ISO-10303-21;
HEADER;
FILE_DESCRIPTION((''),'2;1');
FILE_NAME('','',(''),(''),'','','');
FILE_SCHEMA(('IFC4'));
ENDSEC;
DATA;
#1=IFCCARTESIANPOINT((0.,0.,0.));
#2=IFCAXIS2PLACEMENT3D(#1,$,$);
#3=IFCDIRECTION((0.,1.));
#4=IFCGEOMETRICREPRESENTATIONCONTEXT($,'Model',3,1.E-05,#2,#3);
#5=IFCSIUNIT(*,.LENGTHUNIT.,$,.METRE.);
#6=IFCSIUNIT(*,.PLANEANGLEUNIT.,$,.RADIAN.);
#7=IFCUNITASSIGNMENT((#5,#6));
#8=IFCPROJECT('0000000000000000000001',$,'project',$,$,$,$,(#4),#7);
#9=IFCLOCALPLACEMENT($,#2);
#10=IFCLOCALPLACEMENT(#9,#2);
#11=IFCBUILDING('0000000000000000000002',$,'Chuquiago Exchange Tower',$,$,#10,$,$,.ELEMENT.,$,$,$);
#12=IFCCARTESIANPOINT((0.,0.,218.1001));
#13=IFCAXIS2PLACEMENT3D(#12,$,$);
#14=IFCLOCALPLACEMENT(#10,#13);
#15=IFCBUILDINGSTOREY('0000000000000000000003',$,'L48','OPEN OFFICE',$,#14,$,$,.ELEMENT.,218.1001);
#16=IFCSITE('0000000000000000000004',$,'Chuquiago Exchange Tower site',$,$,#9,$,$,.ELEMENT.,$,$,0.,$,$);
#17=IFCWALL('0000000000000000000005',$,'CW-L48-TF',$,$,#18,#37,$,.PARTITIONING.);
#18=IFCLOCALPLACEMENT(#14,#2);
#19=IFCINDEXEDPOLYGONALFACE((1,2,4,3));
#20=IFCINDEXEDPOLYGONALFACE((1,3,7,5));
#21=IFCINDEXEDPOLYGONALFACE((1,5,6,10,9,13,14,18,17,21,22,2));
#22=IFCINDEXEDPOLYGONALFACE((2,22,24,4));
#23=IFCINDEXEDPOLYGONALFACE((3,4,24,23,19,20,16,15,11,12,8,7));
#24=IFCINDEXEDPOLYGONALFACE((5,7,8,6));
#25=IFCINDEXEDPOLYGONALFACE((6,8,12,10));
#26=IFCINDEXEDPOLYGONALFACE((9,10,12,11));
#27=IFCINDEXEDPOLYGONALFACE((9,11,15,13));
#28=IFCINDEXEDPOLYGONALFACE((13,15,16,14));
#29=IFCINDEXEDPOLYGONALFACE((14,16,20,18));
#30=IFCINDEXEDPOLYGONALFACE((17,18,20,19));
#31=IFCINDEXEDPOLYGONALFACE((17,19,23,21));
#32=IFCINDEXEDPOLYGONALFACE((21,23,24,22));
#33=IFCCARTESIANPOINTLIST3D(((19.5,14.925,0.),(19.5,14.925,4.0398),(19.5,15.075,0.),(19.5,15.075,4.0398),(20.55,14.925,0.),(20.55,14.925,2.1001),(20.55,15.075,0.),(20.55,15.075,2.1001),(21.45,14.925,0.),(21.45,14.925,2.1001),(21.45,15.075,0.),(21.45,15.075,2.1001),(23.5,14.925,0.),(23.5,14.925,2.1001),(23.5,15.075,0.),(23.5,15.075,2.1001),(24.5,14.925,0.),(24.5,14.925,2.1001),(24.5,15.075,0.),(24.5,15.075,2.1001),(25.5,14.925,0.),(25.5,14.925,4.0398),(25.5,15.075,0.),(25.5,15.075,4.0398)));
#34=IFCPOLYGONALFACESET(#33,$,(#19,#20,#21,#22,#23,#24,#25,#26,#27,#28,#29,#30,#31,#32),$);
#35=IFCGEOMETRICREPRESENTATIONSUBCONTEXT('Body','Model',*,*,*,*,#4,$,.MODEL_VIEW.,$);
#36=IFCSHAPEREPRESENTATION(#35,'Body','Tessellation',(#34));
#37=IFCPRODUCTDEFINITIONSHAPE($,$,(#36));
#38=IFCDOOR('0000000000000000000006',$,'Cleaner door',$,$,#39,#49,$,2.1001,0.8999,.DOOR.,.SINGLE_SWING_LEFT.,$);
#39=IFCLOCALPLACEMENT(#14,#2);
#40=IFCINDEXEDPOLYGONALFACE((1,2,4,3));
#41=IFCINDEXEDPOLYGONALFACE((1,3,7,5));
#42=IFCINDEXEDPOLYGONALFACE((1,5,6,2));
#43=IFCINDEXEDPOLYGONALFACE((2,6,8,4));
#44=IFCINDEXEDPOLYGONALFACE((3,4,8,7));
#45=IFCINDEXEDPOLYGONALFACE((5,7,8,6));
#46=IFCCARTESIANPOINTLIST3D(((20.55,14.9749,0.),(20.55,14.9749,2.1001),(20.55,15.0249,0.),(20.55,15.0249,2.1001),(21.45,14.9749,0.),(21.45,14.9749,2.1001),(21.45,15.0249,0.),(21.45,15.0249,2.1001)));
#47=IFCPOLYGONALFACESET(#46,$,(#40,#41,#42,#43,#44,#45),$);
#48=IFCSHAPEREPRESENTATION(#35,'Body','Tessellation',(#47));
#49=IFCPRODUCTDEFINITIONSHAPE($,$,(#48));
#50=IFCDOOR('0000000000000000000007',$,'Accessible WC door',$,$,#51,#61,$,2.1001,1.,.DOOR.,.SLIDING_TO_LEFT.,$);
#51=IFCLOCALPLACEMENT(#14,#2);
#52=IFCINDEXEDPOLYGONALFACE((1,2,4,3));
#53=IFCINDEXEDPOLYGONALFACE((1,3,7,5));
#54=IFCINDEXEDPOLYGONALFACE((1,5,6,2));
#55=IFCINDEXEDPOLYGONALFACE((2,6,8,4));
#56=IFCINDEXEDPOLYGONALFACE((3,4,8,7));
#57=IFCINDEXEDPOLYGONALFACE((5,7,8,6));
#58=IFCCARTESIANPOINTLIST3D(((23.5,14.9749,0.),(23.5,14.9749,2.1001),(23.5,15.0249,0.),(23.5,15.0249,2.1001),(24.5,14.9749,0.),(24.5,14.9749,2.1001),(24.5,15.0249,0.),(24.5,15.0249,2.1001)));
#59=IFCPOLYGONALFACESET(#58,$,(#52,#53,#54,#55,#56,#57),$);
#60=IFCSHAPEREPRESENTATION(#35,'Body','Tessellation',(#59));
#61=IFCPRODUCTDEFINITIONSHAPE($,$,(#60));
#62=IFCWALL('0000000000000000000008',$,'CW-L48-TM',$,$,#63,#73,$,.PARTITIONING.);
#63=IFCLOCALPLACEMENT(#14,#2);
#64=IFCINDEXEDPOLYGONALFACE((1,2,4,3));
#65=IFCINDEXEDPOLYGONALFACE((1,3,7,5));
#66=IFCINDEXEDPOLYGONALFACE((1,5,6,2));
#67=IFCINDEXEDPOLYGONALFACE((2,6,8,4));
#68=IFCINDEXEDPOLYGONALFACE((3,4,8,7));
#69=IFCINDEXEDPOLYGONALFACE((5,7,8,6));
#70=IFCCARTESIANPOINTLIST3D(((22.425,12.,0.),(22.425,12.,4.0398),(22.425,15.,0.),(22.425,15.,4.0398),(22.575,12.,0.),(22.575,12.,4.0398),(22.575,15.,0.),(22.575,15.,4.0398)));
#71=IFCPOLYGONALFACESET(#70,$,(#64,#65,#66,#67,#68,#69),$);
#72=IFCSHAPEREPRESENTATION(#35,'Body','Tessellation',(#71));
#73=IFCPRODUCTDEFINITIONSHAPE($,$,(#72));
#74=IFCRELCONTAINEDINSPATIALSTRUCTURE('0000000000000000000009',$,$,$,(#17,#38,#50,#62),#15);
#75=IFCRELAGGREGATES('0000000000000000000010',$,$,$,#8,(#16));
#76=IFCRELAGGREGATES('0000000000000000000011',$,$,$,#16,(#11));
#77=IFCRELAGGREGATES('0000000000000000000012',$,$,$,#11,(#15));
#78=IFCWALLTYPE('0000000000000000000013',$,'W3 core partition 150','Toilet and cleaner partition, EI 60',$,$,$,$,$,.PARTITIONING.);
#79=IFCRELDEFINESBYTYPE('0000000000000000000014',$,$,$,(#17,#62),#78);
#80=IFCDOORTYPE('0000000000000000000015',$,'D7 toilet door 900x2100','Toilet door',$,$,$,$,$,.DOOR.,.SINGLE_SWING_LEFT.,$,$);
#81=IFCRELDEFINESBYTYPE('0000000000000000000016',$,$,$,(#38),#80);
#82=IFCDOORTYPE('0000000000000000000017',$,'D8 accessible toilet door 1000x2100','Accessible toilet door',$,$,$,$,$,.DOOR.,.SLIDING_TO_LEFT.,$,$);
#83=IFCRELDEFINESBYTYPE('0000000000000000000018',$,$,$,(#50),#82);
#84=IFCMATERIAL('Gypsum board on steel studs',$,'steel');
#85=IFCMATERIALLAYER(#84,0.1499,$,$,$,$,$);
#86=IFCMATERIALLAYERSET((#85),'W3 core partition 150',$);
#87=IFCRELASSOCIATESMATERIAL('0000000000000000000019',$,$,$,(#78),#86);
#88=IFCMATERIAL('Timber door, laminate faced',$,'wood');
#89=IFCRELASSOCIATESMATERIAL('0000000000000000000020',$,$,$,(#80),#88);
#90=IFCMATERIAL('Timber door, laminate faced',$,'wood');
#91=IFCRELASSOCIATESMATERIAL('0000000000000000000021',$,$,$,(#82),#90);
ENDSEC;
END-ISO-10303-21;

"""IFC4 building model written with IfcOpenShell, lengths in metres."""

from ifc_helpers import new_model, si_unit, direction, frame, frame_2d, origin, place, context, subcontext, project, spatial, rectangle, extrude, material, layer, layer_set, type_object, element, fill, save


model = new_model("IFC4")

# Units and contexts
model_context = context("Model", 3, precision=1e-05, world=origin(), true_north=direction((0.0, 1.0)))
body_context = subcontext(model_context, "Body", "Model", "MODEL_VIEW")
ifc_project = project(units=[si_unit("LENGTHUNIT", "METRE"), si_unit("PLANEANGLEUNIT", "RADIAN")], contexts=[model_context])

# Site, building, storey
site_placement = place(None, origin())
site = spatial("IfcSite", under=ifc_project, at=site_placement, Name="Chuquiago Exchange Tower site", CompositionType="ELEMENT", RefElevation=0.0)
building_placement = place(site_placement, origin())
building = spatial("IfcBuilding", under=site, at=building_placement, Name="Chuquiago Exchange Tower", CompositionType="ELEMENT")
storey_placement = place(building_placement, frame((0.0, 0.0, 218.1001)))
storey = spatial("IfcBuildingStorey", under=building, at=storey_placement, Name="L48", Description="OPEN OFFICE", CompositionType="ELEMENT", Elevation=218.1001)

# Wall, openings, doors
ifc_material_1 = material(Name="Gypsum board on steel studs", Category="steel")
ifc_layer_1 = layer(ifc_material_1, 0.1499)
ifc_layer_set_1 = layer_set([ifc_layer_1], Name="W3 core partition 150")
wall_type_1 = type_object("IfcWallType", Name="W3 core partition 150", Description="Toilet and cleaner partition, EI 60", PredefinedType="PARTITIONING", material=ifc_layer_set_1)
wall_1_placement = place(storey_placement, frame((19.5, 15.0, 0.0), z_axis=(0.0, 0.0, 1.0), x_axis=(1.0, 0.0, 0.0)))
wall_1 = element("IfcWall", 1, at=wall_1_placement, inside=storey, type_object=wall_type_1, Name="CW-L48-TF", PredefinedType="PARTITIONING", context=body_context, shape_type="SweptSolid", body=[
    extrude(rectangle(XDim=6.0, YDim=0.1499, at=frame_2d((3.0, 0.0))), origin(), (0.0, 0.0, 1.0), 4.0398),
])
opening_1_placement = place(wall_1_placement, frame((4.0, 0.0, 0.0)))
opening_1 = element("IfcOpeningElement", 2, at=opening_1_placement, cuts=wall_1, PredefinedType="OPENING", context=body_context, shape_type="SweptSolid", body=[
    extrude(rectangle(XDim=1.0, YDim=2.1001, at=frame_2d((0.5, 1.05))), frame((0.0, 0.085, 0.0), z_axis=(0.0, -1.0, 0.0), x_axis=(1.0, 0.0, 0.0)), (0.0, 0.0, 1.0), 0.1699),
])
opening_2_placement = place(wall_1_placement, frame((1.05, 0.0, 0.0)))
opening_2 = element("IfcOpeningElement", 3, at=opening_2_placement, cuts=wall_1, PredefinedType="OPENING", context=body_context, shape_type="SweptSolid", body=[
    extrude(rectangle(XDim=0.8999, YDim=2.1001, at=frame_2d((0.45, 1.05))), frame((0.0, 0.085, 0.0), z_axis=(0.0, -1.0, 0.0), x_axis=(1.0, 0.0, 0.0)), (0.0, 0.0, 1.0), 0.1699),
])
ifc_material_2 = material(Name="Timber door, laminate faced", Category="wood")
door_type_1 = type_object("IfcDoorType", Name="D7 toilet door 900x2100", Description="Toilet door", OperationType="SINGLE_SWING_LEFT", PredefinedType="DOOR", material=ifc_material_2)
door_1_placement = place(opening_2_placement, origin())
door_1 = element("IfcDoor", 4, at=door_1_placement, inside=storey, type_object=door_type_1, Name="Cleaner door", OperationType="SINGLE_SWING_LEFT", OverallHeight=2.1001, OverallWidth=0.8999, PredefinedType="DOOR", context=body_context, shape_type="SweptSolid", body=[
    extrude(rectangle(XDim=0.8999, YDim=2.1001, at=frame_2d((0.45, 1.05))), frame((0.0, 0.0249, 0.0), z_axis=(0.0, -1.0, 0.0), x_axis=(1.0, 0.0, 0.0)), (0.0, 0.0, 1.0), 0.05),
])
fill(opening_2, door_1)
ifc_material_3 = material(Name="Timber door, laminate faced", Category="wood")
door_type_2 = type_object("IfcDoorType", Name="D8 accessible toilet door 1000x2100", Description="Accessible toilet door", OperationType="SLIDING_TO_LEFT", PredefinedType="DOOR", material=ifc_material_3)
door_2_placement = place(opening_1_placement, origin())
door_2 = element("IfcDoor", 5, at=door_2_placement, inside=storey, type_object=door_type_2, Name="Accessible WC door", OperationType="SLIDING_TO_LEFT", OverallHeight=2.1001, OverallWidth=1.0, PredefinedType="DOOR", context=body_context, shape_type="SweptSolid", body=[
    extrude(rectangle(XDim=1.0, YDim=2.1001, at=frame_2d((0.5, 1.05))), frame((0.0, 0.0249, 0.0), z_axis=(0.0, -1.0, 0.0), x_axis=(1.0, 0.0, 0.0)), (0.0, 0.0, 1.0), 0.05),
])
fill(opening_1, door_2)

# Wall
wall_2_placement = place(storey_placement, frame((22.5, 15.0, 0.0), z_axis=(0.0, 0.0, 1.0), x_axis=(0.0, -1.0, 0.0)))
element("IfcWall", 6, at=wall_2_placement, inside=storey, type_object=wall_type_1, Name="CW-L48-TM", PredefinedType="PARTITIONING", context=body_context, shape_type="SweptSolid", body=[
    extrude(rectangle(XDim=3.0, YDim=0.1499, at=frame_2d((1.5, 0.0))), origin(), (0.0, 0.0, 1.0), 4.0398),
])

save(model, "model.ifc")
